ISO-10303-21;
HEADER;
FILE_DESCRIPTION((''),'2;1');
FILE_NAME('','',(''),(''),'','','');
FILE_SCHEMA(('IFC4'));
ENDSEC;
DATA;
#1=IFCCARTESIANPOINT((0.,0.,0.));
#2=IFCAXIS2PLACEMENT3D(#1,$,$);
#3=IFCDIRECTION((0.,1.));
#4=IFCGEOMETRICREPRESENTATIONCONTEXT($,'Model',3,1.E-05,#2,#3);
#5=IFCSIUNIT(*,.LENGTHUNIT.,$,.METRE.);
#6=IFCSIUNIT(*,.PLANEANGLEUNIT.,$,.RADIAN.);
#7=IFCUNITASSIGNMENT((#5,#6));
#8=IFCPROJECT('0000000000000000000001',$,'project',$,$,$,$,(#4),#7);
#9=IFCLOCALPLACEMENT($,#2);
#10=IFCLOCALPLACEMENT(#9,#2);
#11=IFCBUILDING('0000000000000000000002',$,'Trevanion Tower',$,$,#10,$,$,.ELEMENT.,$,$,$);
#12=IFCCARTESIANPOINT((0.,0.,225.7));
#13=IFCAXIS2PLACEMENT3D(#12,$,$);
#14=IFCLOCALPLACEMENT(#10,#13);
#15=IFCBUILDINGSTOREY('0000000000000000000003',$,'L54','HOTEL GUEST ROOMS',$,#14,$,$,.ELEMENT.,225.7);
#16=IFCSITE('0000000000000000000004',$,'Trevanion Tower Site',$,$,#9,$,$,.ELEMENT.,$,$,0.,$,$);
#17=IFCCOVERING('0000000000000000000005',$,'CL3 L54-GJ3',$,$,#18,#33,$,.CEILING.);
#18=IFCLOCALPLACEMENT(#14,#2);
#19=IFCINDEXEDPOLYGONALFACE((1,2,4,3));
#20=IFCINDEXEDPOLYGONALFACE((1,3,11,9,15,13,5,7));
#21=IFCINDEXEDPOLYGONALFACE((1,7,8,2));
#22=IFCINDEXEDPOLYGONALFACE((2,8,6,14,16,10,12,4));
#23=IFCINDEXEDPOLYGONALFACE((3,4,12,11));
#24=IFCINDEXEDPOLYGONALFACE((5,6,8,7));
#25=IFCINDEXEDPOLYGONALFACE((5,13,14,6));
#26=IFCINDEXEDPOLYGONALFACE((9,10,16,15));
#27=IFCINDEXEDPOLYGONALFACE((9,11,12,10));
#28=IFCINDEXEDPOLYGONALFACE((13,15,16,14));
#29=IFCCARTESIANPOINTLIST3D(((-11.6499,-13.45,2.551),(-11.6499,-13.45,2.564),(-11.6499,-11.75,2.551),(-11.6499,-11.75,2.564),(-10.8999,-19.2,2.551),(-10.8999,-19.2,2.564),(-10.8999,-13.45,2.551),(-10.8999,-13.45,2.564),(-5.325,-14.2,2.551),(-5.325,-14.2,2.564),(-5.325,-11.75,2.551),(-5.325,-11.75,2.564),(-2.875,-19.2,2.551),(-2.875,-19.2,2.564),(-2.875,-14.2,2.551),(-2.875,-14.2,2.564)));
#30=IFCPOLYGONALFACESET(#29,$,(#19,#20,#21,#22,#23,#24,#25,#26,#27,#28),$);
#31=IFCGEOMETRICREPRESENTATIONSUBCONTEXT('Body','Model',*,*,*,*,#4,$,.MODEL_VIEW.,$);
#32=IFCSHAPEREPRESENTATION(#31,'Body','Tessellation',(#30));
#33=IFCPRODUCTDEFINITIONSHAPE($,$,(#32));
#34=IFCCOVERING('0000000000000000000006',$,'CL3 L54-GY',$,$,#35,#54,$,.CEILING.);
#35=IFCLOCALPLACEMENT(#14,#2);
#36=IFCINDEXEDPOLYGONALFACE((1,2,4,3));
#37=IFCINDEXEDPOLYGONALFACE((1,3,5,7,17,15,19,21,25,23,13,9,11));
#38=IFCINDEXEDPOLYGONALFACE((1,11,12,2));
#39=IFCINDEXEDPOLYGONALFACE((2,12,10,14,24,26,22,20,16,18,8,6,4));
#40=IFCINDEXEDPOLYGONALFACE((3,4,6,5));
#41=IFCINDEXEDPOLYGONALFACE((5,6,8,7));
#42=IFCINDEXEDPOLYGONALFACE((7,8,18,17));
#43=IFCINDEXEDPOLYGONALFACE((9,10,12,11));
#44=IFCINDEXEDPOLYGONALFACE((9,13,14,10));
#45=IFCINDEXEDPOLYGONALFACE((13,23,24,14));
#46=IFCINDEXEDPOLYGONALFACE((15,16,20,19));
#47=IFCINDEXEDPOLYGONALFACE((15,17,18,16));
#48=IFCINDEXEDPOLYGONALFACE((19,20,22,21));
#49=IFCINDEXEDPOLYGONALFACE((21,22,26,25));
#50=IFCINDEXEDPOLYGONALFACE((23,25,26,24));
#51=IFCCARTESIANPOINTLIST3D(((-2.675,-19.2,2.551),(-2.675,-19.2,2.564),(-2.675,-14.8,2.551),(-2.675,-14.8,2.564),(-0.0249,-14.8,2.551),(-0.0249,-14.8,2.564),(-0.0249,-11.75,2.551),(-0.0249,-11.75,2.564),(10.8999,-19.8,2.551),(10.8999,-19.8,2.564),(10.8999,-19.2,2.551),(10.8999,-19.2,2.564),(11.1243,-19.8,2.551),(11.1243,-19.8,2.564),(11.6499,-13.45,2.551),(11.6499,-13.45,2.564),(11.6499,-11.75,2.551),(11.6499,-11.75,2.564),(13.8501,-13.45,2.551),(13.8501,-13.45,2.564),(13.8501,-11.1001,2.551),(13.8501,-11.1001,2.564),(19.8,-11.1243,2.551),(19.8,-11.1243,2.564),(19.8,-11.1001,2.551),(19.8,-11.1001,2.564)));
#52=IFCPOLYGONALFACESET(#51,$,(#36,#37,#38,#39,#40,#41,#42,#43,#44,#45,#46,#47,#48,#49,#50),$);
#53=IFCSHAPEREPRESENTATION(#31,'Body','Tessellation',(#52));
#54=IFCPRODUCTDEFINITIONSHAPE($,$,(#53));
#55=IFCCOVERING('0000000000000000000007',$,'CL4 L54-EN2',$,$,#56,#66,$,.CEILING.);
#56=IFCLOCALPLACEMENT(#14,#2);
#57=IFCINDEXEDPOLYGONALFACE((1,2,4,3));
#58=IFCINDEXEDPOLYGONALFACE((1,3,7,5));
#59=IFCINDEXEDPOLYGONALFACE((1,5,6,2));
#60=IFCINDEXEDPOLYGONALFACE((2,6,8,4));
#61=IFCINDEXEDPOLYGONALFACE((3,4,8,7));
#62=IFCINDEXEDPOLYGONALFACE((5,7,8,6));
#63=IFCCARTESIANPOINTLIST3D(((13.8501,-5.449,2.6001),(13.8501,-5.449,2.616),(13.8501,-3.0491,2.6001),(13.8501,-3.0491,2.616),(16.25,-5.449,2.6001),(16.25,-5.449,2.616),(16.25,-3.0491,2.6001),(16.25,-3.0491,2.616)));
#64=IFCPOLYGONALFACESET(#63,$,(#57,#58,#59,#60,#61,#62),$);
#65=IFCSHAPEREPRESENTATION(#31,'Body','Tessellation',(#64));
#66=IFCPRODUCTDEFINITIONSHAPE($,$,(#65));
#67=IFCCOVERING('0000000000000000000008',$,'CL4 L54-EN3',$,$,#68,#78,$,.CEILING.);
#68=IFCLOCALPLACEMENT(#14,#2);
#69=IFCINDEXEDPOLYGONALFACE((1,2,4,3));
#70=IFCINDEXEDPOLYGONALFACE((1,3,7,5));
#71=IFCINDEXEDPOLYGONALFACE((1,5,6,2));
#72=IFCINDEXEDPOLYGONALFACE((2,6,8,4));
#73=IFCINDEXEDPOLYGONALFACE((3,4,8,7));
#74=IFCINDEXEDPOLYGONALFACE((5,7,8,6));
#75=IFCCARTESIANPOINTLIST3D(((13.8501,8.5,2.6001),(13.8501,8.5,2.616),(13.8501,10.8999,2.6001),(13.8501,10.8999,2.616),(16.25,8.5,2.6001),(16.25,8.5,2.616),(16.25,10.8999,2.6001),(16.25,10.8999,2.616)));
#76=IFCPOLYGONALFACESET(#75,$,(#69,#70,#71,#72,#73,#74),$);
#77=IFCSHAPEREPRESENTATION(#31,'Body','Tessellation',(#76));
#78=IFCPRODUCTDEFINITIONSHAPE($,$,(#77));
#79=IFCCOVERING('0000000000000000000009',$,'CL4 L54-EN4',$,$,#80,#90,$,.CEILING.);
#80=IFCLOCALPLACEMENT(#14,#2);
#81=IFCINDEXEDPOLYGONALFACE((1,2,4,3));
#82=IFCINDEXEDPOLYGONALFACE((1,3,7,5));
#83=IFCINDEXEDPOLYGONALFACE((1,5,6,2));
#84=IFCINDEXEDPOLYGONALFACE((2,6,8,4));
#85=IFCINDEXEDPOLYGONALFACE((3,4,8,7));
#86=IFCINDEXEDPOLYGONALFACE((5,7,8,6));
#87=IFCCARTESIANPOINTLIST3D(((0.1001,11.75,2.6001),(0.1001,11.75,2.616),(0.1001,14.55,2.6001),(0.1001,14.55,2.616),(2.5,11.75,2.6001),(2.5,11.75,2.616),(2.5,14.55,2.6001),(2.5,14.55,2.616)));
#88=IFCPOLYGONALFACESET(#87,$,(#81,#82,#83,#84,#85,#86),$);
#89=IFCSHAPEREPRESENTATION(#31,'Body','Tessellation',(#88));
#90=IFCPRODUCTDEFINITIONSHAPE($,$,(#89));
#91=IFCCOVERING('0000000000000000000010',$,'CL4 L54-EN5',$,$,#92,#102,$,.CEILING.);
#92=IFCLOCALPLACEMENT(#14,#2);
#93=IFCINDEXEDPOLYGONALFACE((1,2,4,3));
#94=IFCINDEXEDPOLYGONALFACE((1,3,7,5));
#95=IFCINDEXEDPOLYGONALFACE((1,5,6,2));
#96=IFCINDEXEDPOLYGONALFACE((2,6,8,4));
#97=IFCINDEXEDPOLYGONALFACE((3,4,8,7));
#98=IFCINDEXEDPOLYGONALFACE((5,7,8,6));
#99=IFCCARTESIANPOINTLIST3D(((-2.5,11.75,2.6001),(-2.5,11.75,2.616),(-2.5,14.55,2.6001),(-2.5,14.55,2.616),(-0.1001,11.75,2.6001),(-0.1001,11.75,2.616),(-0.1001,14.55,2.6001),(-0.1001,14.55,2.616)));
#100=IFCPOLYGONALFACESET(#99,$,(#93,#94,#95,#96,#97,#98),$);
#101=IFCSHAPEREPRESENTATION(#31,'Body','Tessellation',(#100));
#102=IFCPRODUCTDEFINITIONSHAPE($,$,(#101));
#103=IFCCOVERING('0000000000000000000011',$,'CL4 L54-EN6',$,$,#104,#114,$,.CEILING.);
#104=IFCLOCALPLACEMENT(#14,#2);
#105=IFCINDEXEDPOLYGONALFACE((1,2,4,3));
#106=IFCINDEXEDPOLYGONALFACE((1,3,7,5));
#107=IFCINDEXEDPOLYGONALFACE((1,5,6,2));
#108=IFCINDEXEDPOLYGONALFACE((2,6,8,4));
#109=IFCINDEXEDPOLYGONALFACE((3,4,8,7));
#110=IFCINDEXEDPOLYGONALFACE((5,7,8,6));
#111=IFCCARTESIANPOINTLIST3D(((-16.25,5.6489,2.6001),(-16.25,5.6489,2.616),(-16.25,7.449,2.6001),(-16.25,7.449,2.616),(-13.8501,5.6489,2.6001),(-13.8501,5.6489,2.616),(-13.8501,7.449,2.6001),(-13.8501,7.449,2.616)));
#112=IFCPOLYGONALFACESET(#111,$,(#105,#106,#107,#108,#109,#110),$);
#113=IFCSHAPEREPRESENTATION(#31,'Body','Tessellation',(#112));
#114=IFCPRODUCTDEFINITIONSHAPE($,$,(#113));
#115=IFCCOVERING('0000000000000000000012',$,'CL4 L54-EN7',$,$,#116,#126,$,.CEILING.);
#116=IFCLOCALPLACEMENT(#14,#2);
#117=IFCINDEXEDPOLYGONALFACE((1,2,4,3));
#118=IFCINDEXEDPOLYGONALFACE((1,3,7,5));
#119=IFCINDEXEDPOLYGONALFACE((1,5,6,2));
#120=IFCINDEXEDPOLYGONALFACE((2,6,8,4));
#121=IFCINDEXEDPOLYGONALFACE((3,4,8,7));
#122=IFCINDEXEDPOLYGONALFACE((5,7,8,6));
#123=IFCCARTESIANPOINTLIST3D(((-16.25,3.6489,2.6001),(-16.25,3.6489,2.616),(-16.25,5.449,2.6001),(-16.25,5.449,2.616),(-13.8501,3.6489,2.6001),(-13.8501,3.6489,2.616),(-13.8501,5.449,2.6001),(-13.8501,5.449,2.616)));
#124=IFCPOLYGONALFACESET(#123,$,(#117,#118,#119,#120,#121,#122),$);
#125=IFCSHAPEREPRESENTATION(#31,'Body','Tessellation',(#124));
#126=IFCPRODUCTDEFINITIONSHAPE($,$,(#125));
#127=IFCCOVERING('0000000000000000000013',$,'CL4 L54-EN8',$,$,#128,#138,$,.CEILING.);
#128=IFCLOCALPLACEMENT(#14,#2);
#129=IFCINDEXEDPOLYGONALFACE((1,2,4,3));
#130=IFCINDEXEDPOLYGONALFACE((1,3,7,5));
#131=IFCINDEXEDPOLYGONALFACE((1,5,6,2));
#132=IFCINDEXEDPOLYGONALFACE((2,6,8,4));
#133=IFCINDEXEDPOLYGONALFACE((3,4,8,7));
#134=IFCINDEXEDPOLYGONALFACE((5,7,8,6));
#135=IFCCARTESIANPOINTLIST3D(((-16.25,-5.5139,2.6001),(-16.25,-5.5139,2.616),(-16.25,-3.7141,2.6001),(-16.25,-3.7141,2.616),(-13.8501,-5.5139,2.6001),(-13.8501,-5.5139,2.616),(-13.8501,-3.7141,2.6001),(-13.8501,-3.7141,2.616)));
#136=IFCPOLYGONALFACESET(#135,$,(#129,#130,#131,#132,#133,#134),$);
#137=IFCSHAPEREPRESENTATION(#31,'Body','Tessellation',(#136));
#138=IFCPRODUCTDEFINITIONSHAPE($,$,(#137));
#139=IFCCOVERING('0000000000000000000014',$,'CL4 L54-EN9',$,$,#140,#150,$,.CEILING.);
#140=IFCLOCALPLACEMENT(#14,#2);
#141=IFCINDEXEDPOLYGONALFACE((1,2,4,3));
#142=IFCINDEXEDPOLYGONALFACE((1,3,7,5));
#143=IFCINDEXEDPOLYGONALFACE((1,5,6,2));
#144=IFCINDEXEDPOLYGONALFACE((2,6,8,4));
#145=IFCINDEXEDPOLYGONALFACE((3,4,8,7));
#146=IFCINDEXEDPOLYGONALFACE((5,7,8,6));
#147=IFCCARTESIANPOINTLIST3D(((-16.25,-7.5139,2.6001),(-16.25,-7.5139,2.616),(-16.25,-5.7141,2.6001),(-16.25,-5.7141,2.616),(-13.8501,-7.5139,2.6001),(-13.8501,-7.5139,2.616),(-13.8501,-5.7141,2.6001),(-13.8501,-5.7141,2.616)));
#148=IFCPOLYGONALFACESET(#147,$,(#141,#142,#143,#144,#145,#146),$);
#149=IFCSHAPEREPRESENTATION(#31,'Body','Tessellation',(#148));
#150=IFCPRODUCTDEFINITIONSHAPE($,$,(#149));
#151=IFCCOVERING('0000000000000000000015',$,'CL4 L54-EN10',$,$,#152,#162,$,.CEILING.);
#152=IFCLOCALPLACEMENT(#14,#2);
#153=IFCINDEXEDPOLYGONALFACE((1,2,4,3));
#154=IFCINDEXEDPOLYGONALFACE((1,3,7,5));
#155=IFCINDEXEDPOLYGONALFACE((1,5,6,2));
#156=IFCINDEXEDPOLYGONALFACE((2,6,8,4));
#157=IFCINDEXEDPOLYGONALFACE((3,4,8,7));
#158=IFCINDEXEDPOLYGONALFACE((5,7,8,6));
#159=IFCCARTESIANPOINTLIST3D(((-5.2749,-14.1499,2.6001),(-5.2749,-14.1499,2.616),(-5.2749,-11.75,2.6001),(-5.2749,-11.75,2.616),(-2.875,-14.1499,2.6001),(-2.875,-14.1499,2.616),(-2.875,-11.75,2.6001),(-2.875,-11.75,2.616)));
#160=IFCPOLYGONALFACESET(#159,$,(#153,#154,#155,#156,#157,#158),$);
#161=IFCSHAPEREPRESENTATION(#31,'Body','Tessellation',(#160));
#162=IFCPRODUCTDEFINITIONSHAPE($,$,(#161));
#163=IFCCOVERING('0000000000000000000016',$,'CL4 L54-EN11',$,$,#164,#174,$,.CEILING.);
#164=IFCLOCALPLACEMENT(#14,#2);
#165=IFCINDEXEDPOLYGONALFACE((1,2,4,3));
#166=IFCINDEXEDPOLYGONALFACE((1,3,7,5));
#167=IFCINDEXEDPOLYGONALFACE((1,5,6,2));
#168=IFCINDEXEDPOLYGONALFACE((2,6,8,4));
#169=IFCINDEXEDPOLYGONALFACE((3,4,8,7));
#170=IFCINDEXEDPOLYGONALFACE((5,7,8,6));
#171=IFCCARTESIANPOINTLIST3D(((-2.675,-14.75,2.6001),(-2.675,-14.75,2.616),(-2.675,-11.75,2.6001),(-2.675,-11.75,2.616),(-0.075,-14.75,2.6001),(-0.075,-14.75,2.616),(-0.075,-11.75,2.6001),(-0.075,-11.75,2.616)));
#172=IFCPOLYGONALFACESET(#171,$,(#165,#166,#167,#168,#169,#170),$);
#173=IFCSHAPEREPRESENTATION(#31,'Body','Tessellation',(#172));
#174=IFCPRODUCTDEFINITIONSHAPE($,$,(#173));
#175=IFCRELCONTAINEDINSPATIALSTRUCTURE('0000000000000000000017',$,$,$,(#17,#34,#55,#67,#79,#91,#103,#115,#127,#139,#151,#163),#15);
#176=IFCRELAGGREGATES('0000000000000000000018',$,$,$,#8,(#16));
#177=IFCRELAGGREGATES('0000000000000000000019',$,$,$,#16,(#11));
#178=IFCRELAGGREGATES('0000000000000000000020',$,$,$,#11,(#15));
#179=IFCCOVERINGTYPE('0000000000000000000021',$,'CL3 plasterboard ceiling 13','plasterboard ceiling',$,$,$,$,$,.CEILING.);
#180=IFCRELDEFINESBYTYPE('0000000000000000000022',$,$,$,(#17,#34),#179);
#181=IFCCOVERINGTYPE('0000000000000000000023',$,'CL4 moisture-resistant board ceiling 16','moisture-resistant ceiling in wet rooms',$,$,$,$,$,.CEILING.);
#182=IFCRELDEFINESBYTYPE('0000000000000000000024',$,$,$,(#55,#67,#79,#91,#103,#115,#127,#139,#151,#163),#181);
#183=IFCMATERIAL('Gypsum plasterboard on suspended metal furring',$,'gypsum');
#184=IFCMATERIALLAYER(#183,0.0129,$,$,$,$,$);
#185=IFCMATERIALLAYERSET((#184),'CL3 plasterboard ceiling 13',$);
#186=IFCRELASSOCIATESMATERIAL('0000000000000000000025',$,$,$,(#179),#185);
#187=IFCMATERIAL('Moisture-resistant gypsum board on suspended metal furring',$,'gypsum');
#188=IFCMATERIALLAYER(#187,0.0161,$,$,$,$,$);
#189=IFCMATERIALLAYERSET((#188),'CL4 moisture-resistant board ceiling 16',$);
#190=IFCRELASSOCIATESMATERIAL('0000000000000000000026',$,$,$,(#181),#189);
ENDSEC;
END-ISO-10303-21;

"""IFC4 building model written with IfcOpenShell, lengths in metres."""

from ifc_helpers import new_model, si_unit, direction, frame, origin, place, context, subcontext, project, spatial, polyline, outline, extrude, material, layer, layer_set, type_object, element, save


model = new_model("IFC4")

# Units and contexts
model_context = context("Model", 3, precision=1e-05, world=origin(), true_north=direction((0.0, 1.0)))
body_context = subcontext(model_context, "Body", "Model", "MODEL_VIEW")
ifc_project = project(units=[si_unit("LENGTHUNIT", "METRE"), si_unit("PLANEANGLEUNIT", "RADIAN")], contexts=[model_context])

# Site, building, storey
site_placement = place(None, origin())
site = spatial("IfcSite", under=ifc_project, at=site_placement, Name="Trevanion Tower Site", CompositionType="ELEMENT", RefElevation=0.0)
building_placement = place(site_placement, origin())
building = spatial("IfcBuilding", under=site, at=building_placement, Name="Trevanion Tower", CompositionType="ELEMENT")
storey_placement = place(building_placement, frame((0.0, 0.0, 225.7)))
storey = spatial("IfcBuildingStorey", under=building, at=storey_placement, Name="L54", Description="HOTEL GUEST ROOMS", CompositionType="ELEMENT", Elevation=225.7)

# Coverings
ifc_material_1 = material(Name="Gypsum plasterboard on suspended metal furring", Category="gypsum")
ifc_layer_1 = layer(ifc_material_1, 0.0129)
ifc_layer_set_1 = layer_set([ifc_layer_1], Name="CL3 plasterboard ceiling 13")
covering_type_1 = type_object("IfcCoveringType", Name="CL3 plasterboard ceiling 13", Description="plasterboard ceiling", PredefinedType="CEILING", material=ifc_layer_set_1)
covering_1_placement = place(storey_placement, frame((0.0, 0.0, 2.551)))
element("IfcCovering", 1, at=covering_1_placement, inside=storey, type_object=covering_type_1, Name="CL3 L54-GJ3", PredefinedType="CEILING", context=body_context, shape_type="SweptSolid", body=[
    extrude(outline(polyline([(-2.875, -19.2), (-10.8999, -19.2), (-10.8999, -13.45), (-11.6499, -13.45), (-11.6499, -11.75), (-5.325, -11.75), (-5.325, -14.2), (-2.875, -14.2), (-2.875, -19.2)])), origin(), (0.0, 0.0, 1.0), 0.0129),
])
covering_2_placement = place(storey_placement, frame((0.0, 0.0, 2.551)))
element("IfcCovering", 2, at=covering_2_placement, inside=storey, type_object=covering_type_1, Name="CL3 L54-GY", PredefinedType="CEILING", context=body_context, shape_type="SweptSolid", body=[
    extrude(outline(polyline([(13.8501, -11.1001), (19.8, -11.1001), (19.8, -11.1243), (11.1243, -19.8), (10.8999, -19.8), (10.8999, -19.2), (-2.675, -19.2), (-2.675, -14.8), (-0.0249, -14.8), (-0.0249, -11.75), (11.6499, -11.75), (11.6499, -13.45), (13.8501, -13.45), (13.8501, -11.1001)])), origin(), (0.0, 0.0, 1.0), 0.0129),
])
ifc_material_2 = material(Name="Moisture-resistant gypsum board on suspended metal furring", Category="gypsum")
ifc_layer_2 = layer(ifc_material_2, 0.0161)
ifc_layer_set_2 = layer_set([ifc_layer_2], Name="CL4 moisture-resistant board ceiling 16")
covering_type_2 = type_object("IfcCoveringType", Name="CL4 moisture-resistant board ceiling 16", Description="moisture-resistant ceiling in wet rooms", PredefinedType="CEILING", material=ifc_layer_set_2)
covering_3_placement = place(storey_placement, frame((0.0, 0.0, 2.6001)))
element("IfcCovering", 3, at=covering_3_placement, inside=storey, type_object=covering_type_2, Name="CL4 L54-EN2", PredefinedType="CEILING", context=body_context, shape_type="SweptSolid", body=[
    extrude(outline(polyline([(16.25, -5.449), (16.25, -3.0491), (13.8501, -3.0491), (13.8501, -5.449), (16.25, -5.449)])), origin(), (0.0, 0.0, 1.0), 0.0159),
])
covering_4_placement = place(storey_placement, frame((0.0, 0.0, 2.6001)))
element("IfcCovering", 4, at=covering_4_placement, inside=storey, type_object=covering_type_2, Name="CL4 L54-EN3", PredefinedType="CEILING", context=body_context, shape_type="SweptSolid", body=[
    extrude(outline(polyline([(16.25, 8.5), (16.25, 10.8999), (13.8501, 10.8999), (13.8501, 8.5), (16.25, 8.5)])), origin(), (0.0, 0.0, 1.0), 0.0159),
])
covering_5_placement = place(storey_placement, frame((0.0, 0.0, 2.6001)))
element("IfcCovering", 5, at=covering_5_placement, inside=storey, type_object=covering_type_2, Name="CL4 L54-EN4", PredefinedType="CEILING", context=body_context, shape_type="SweptSolid", body=[
    extrude(outline(polyline([(2.5, 14.55), (0.1001, 14.55), (0.1001, 11.75), (2.5, 11.75), (2.5, 14.55)])), origin(), (0.0, 0.0, 1.0), 0.0159),
])
covering_6_placement = place(storey_placement, frame((0.0, 0.0, 2.6001)))
element("IfcCovering", 6, at=covering_6_placement, inside=storey, type_object=covering_type_2, Name="CL4 L54-EN5", PredefinedType="CEILING", context=body_context, shape_type="SweptSolid", body=[
    extrude(outline(polyline([(-0.1001, 14.55), (-2.5, 14.55), (-2.5, 11.75), (-0.1001, 11.75), (-0.1001, 14.55)])), origin(), (0.0, 0.0, 1.0), 0.0159),
])
covering_7_placement = place(storey_placement, frame((0.0, 0.0, 2.6001)))
element("IfcCovering", 7, at=covering_7_placement, inside=storey, type_object=covering_type_2, Name="CL4 L54-EN6", PredefinedType="CEILING", context=body_context, shape_type="SweptSolid", body=[
    extrude(outline(polyline([(-16.25, 7.449), (-16.25, 5.6489), (-13.8501, 5.6489), (-13.8501, 7.449), (-16.25, 7.449)])), origin(), (0.0, 0.0, 1.0), 0.0159),
])
covering_8_placement = place(storey_placement, frame((0.0, 0.0, 2.6001)))
element("IfcCovering", 8, at=covering_8_placement, inside=storey, type_object=covering_type_2, Name="CL4 L54-EN7", PredefinedType="CEILING", context=body_context, shape_type="SweptSolid", body=[
    extrude(outline(polyline([(-16.25, 5.449), (-16.25, 3.6489), (-13.8501, 3.6489), (-13.8501, 5.449), (-16.25, 5.449)])), origin(), (0.0, 0.0, 1.0), 0.0159),
])
covering_9_placement = place(storey_placement, frame((0.0, 0.0, 2.6001)))
element("IfcCovering", 9, at=covering_9_placement, inside=storey, type_object=covering_type_2, Name="CL4 L54-EN8", PredefinedType="CEILING", context=body_context, shape_type="SweptSolid", body=[
    extrude(outline(polyline([(-16.25, -3.7141), (-16.25, -5.5139), (-13.8501, -5.5139), (-13.8501, -3.7141), (-16.25, -3.7141)])), origin(), (0.0, 0.0, 1.0), 0.0159),
])
covering_10_placement = place(storey_placement, frame((0.0, 0.0, 2.6001)))
element("IfcCovering", 10, at=covering_10_placement, inside=storey, type_object=covering_type_2, Name="CL4 L54-EN9", PredefinedType="CEILING", context=body_context, shape_type="SweptSolid", body=[
    extrude(outline(polyline([(-16.25, -5.7141), (-16.25, -7.5139), (-13.8501, -7.5139), (-13.8501, -5.7141), (-16.25, -5.7141)])), origin(), (0.0, 0.0, 1.0), 0.0159),
])
covering_11_placement = place(storey_placement, frame((0.0, 0.0, 2.6001)))
element("IfcCovering", 11, at=covering_11_placement, inside=storey, type_object=covering_type_2, Name="CL4 L54-EN10", PredefinedType="CEILING", context=body_context, shape_type="SweptSolid", body=[
    extrude(outline(polyline([(-5.2749, -14.1499), (-2.875, -14.1499), (-2.875, -11.75), (-5.2749, -11.75), (-5.2749, -14.1499)])), origin(), (0.0, 0.0, 1.0), 0.0159),
])
covering_12_placement = place(storey_placement, frame((0.0, 0.0, 2.6001)))
element("IfcCovering", 12, at=covering_12_placement, inside=storey, type_object=covering_type_2, Name="CL4 L54-EN11", PredefinedType="CEILING", context=body_context, shape_type="SweptSolid", body=[
    extrude(outline(polyline([(-2.675, -14.75), (-0.075, -14.75), (-0.075, -11.75), (-2.675, -11.75), (-2.675, -14.75)])), origin(), (0.0, 0.0, 1.0), 0.0159),
])

save(model, "model.ifc")
